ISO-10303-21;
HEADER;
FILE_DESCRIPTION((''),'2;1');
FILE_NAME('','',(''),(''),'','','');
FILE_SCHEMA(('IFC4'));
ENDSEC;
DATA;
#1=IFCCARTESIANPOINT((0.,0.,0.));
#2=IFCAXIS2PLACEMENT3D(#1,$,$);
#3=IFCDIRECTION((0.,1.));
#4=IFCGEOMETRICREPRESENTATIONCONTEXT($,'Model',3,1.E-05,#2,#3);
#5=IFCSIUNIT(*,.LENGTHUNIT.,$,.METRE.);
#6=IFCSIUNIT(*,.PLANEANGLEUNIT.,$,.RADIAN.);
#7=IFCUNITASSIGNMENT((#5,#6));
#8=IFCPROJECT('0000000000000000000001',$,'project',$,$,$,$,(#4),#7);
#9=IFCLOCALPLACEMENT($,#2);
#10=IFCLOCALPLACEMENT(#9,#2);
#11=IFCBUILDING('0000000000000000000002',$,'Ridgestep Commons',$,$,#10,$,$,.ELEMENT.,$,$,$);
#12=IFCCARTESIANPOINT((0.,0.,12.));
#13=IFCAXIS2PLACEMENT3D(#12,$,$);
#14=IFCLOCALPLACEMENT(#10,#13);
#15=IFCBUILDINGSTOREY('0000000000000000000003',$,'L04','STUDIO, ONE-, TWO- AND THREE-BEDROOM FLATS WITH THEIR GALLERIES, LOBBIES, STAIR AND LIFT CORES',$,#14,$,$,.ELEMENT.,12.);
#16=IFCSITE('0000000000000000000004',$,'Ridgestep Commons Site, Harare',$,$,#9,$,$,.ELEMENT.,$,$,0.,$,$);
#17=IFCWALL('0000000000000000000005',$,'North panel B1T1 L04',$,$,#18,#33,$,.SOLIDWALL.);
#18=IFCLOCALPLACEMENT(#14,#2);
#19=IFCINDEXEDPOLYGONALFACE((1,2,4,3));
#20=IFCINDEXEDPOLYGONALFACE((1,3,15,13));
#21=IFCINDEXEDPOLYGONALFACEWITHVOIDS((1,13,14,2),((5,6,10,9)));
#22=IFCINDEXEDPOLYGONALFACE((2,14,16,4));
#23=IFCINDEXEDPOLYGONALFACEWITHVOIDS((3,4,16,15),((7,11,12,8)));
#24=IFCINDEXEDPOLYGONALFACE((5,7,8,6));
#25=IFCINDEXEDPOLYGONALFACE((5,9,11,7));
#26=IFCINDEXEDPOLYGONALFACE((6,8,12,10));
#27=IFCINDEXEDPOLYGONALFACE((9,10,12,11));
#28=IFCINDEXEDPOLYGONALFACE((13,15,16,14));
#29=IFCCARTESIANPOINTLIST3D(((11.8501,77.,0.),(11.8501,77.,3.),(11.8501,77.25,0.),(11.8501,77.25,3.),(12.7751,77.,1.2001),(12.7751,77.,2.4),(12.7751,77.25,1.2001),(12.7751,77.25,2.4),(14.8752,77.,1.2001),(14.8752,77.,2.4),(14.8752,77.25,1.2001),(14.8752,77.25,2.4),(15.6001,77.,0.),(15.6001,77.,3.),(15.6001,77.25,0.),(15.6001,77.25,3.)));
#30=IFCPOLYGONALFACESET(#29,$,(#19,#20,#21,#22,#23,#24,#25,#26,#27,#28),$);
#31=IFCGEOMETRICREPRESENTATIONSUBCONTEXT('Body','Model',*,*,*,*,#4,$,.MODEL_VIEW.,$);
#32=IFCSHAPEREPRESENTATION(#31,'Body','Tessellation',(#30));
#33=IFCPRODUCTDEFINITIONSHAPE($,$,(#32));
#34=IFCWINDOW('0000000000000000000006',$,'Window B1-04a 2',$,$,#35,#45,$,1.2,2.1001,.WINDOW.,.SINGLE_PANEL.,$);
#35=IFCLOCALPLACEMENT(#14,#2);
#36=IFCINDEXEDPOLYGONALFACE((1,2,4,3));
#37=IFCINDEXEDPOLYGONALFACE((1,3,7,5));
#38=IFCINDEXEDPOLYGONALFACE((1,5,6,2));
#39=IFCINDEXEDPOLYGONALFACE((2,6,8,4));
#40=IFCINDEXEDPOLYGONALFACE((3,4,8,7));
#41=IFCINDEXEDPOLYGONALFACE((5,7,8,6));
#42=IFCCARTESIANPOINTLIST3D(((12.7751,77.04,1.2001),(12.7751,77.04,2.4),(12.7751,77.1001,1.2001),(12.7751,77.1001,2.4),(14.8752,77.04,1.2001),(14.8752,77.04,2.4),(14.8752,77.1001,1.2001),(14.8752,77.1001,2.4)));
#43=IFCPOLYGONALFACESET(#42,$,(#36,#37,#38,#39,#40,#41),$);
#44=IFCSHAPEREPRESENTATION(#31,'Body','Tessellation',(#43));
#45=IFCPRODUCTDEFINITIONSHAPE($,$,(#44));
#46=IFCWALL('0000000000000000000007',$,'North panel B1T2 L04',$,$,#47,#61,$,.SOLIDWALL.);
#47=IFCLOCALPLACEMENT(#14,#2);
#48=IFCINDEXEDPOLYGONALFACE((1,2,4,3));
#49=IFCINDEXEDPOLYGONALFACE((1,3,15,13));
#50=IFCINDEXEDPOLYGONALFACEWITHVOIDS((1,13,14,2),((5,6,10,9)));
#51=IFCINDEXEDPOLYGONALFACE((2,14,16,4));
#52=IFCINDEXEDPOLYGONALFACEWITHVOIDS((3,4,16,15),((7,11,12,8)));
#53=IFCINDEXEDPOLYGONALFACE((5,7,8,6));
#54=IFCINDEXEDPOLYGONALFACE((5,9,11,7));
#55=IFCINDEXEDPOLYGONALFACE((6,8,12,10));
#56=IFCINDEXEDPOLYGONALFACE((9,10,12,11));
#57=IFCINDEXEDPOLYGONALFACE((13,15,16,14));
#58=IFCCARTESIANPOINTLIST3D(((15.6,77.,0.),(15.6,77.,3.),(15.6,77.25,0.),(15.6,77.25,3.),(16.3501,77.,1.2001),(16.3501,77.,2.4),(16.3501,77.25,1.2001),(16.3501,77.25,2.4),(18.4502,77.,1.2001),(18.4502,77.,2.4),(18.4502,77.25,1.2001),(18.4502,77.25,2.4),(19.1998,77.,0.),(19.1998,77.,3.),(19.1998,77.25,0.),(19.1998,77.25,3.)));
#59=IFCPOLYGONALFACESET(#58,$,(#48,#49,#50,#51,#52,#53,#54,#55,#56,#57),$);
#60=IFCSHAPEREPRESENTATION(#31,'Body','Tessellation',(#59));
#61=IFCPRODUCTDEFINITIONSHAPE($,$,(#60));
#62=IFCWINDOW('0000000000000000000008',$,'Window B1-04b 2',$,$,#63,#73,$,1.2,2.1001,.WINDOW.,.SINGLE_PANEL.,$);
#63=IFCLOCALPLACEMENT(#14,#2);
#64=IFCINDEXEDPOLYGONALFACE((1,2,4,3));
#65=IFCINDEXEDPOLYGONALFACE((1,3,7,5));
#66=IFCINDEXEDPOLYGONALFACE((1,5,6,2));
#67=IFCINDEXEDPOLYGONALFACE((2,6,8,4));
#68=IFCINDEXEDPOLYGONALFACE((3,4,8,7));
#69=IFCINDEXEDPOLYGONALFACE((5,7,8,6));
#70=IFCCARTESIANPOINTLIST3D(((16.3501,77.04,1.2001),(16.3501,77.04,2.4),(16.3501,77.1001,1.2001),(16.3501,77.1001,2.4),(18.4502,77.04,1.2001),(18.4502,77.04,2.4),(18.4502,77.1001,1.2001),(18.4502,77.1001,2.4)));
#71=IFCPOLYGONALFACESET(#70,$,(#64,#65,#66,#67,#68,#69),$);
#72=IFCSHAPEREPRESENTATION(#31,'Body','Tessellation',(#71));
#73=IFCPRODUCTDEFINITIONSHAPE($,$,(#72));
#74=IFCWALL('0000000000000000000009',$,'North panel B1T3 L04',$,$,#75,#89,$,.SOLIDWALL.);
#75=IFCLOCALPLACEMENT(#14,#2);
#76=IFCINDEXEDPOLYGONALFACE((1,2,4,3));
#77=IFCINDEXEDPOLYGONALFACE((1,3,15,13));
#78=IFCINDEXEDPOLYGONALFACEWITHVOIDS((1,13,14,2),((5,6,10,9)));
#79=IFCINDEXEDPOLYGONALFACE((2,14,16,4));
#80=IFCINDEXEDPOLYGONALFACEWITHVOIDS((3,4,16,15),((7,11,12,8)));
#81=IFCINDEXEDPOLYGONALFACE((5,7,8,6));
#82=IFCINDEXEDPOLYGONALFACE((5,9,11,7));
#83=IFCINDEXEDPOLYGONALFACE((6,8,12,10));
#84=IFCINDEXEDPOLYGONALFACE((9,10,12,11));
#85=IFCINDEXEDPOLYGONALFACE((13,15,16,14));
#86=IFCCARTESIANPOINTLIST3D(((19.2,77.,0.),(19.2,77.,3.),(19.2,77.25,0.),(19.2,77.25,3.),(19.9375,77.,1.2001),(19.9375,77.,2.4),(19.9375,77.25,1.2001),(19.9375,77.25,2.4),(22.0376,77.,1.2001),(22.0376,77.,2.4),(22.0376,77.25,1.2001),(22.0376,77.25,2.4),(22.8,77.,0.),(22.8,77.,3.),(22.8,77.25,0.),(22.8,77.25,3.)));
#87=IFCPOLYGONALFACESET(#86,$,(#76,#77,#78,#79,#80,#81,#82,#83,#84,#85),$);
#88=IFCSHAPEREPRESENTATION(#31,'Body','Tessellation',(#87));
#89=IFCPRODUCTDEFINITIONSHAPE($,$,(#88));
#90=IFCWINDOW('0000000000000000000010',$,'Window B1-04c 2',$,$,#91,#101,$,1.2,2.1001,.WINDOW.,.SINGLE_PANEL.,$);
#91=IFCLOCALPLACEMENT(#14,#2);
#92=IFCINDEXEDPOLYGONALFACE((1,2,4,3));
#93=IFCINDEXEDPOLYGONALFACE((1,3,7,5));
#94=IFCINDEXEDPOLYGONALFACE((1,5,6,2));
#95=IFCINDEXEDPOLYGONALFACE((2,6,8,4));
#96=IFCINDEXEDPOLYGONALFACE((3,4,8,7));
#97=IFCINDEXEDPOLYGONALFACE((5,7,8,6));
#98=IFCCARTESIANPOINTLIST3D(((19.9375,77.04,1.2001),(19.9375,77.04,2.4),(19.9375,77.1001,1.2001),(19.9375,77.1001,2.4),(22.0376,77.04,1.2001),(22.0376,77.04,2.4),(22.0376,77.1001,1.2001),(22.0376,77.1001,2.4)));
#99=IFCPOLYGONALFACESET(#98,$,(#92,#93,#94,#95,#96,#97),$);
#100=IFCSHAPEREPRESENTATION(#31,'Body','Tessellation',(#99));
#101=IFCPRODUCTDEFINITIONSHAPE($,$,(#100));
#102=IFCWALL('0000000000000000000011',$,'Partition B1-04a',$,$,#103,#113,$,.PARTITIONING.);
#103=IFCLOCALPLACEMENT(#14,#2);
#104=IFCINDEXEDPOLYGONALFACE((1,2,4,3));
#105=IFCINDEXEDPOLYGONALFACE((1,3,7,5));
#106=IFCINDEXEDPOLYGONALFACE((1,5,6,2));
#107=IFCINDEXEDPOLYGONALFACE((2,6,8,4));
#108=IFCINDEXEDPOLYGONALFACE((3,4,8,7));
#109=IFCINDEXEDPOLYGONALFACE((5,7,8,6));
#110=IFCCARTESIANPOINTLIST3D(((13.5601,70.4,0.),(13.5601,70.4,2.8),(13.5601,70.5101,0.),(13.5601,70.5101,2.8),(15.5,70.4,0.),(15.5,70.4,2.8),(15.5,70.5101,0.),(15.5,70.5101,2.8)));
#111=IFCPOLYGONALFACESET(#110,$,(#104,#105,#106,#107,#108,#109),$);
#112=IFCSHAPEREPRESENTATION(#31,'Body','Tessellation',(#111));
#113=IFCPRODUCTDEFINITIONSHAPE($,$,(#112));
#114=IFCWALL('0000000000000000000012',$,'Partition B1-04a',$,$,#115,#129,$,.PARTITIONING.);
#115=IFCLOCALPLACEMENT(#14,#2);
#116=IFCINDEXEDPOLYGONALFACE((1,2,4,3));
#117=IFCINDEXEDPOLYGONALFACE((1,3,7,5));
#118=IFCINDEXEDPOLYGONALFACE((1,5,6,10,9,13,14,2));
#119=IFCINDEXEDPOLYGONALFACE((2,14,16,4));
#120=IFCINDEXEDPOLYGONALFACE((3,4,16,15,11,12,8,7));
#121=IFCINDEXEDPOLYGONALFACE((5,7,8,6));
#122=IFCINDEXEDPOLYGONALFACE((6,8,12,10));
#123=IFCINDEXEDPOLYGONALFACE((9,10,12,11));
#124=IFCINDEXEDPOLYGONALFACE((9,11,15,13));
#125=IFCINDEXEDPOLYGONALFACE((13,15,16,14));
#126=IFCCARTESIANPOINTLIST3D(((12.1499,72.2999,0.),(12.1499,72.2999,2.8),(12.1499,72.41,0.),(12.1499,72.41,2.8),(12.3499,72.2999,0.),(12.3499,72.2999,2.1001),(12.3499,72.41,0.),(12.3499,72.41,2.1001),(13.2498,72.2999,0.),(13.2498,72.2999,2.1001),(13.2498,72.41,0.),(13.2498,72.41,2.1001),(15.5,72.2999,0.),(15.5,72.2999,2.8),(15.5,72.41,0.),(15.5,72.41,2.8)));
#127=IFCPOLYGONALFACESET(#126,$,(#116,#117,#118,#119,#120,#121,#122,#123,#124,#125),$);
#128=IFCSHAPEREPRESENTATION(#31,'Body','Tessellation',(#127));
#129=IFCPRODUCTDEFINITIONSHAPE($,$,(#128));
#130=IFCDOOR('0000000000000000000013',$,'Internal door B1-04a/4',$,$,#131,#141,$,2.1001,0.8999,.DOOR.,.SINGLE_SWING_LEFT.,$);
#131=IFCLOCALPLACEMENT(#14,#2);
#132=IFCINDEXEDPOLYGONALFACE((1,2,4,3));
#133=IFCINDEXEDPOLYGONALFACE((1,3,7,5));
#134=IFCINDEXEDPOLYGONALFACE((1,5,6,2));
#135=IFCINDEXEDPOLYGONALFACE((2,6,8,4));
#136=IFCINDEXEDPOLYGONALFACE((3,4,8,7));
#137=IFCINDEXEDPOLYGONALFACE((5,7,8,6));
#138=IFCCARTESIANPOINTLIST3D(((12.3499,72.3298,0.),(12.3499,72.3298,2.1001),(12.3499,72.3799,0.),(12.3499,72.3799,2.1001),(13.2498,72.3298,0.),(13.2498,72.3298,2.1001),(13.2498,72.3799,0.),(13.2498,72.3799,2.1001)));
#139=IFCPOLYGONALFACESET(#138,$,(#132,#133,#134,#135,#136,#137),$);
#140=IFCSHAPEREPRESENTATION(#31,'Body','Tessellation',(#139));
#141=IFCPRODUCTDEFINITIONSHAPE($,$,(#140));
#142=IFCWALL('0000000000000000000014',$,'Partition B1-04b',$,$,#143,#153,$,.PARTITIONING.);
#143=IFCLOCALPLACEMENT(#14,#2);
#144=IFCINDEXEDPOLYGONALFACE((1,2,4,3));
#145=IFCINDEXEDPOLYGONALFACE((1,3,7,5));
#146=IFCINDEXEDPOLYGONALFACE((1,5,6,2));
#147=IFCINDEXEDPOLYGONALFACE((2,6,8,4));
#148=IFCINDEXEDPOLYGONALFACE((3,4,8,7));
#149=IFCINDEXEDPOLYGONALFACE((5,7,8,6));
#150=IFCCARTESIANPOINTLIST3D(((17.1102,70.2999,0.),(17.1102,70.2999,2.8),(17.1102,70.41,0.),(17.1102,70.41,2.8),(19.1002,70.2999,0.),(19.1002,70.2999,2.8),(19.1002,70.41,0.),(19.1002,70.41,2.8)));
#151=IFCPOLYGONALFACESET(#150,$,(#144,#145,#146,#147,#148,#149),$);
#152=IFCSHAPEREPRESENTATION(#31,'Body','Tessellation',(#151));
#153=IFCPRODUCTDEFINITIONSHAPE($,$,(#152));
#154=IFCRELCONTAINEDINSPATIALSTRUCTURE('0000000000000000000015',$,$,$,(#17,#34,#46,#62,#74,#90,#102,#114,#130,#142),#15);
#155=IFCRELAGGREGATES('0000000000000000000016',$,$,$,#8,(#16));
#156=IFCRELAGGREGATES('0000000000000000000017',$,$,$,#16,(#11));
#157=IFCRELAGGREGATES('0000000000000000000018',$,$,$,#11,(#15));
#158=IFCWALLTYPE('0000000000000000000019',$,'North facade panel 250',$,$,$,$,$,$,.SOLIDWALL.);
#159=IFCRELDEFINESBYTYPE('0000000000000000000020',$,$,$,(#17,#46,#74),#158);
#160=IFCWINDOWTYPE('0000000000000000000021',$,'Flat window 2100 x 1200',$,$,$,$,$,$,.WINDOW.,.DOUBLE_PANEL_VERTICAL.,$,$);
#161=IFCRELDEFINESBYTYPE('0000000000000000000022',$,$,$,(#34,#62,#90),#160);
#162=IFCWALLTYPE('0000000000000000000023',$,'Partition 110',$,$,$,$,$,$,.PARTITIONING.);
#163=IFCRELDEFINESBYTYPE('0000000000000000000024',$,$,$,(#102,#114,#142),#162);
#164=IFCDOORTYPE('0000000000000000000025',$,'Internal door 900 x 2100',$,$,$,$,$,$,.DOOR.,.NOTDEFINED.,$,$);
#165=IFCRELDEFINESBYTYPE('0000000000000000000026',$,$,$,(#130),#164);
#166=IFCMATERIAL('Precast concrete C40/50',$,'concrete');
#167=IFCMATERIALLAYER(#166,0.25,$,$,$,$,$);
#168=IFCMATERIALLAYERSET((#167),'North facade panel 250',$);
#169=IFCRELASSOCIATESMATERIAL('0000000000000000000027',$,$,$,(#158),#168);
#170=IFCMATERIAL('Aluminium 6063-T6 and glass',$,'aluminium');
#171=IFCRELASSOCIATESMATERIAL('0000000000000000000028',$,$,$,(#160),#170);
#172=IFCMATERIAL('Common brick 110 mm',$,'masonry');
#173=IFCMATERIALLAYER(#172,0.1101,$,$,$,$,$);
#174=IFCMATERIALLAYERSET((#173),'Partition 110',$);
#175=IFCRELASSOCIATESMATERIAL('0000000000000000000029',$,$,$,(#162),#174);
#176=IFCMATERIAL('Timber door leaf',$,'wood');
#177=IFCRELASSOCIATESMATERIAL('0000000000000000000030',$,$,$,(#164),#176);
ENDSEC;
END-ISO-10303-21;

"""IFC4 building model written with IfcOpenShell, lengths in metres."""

from ifc_helpers import new_model, si_unit, direction, frame, frame_2d, origin, place, context, subcontext, project, spatial, rectangle, extrude, material, layer, layer_set, type_object, element, fill, save


model = new_model("IFC4")

# Units and contexts
model_context = context("Model", 3, precision=1e-05, world=origin(), true_north=direction((0.0, 1.0)))
body_context = subcontext(model_context, "Body", "Model", "MODEL_VIEW")
ifc_project = project(units=[si_unit("LENGTHUNIT", "METRE"), si_unit("PLANEANGLEUNIT", "RADIAN")], contexts=[model_context])

# Site, building, storey
site_placement = place(None, origin())
site = spatial("IfcSite", under=ifc_project, at=site_placement, Name="Ridgestep Commons Site, Harare", CompositionType="ELEMENT", RefElevation=0.0)
building_placement = place(site_placement, origin())
building = spatial("IfcBuilding", under=site, at=building_placement, Name="Ridgestep Commons", CompositionType="ELEMENT")
storey_placement = place(building_placement, frame((0.0, 0.0, 12.0)))
storey = spatial("IfcBuildingStorey", under=building, at=storey_placement, Name="L04", Description="STUDIO, ONE-, TWO- AND THREE-BEDROOM FLATS WITH THEIR GALLERIES, LOBBIES, STAIR AND LIFT CORES", CompositionType="ELEMENT", Elevation=12.0)

# Walls, openings, windows
ifc_material_1 = material(Name="Precast concrete C40/50", Category="concrete")
ifc_layer_1 = layer(ifc_material_1, 0.25)
ifc_layer_set_1 = layer_set([ifc_layer_1], Name="North facade panel 250")
wall_type_1 = type_object("IfcWallType", Name="North facade panel 250", PredefinedType="SOLIDWALL", material=ifc_layer_set_1)
wall_1_placement = place(storey_placement, frame((11.8501, 77.125, 0.0), z_axis=(0.0, 0.0, 1.0), x_axis=(1.0, 0.0, 0.0)))
wall_1 = element("IfcWall", 1, at=wall_1_placement, inside=storey, type_object=wall_type_1, Name="North panel B1T1 L04", PredefinedType="SOLIDWALL", context=body_context, shape_type="SweptSolid", body=[
    extrude(rectangle(XDim=3.75, YDim=0.25, at=frame_2d((1.875, 0.0))), origin(), (0.0, 0.0, 1.0), 3.0),
])
opening_1_placement = place(wall_1_placement, frame((0.925, 0.0, 1.2)))
opening_1 = element("IfcOpeningElement", 2, at=opening_1_placement, cuts=wall_1, PredefinedType="OPENING", context=body_context, shape_type="SweptSolid", body=[
    extrude(rectangle(XDim=2.1001, YDim=1.2, at=frame_2d((1.05, 0.6001))), frame((0.0, 0.135, 0.0), z_axis=(0.0, -1.0, 0.0), x_axis=(1.0, 0.0, 0.0)), (0.0, 0.0, 1.0), 0.27),
])
ifc_material_2 = material(Name="Aluminium 6063-T6 and glass", Category="aluminium")
window_type = type_object("IfcWindowType", Name="Flat window 2100 x 1200", PartitioningType="DOUBLE_PANEL_VERTICAL", PredefinedType="WINDOW", material=ifc_material_2)
window_1_placement = place(opening_1_placement, origin())
window_1 = element("IfcWindow", 3, at=window_1_placement, inside=storey, type_object=window_type, Name="Window B1-04a 2", OverallHeight=1.2, OverallWidth=2.1001, PartitioningType="SINGLE_PANEL", PredefinedType="WINDOW", context=body_context, shape_type="SweptSolid", body=[
    extrude(rectangle(XDim=2.1001, YDim=1.2, at=frame_2d((1.05, 0.6001))), frame((0.0, -0.0249, 0.0), z_axis=(0.0, -1.0, 0.0), x_axis=(1.0, 0.0, 0.0)), (0.0, 0.0, 1.0), 0.0601),
])
fill(opening_1, window_1)
wall_2_placement = place(storey_placement, frame((15.6001, 77.125, 0.0), z_axis=(0.0, 0.0, 1.0), x_axis=(1.0, 0.0, 0.0)))
wall_2 = element("IfcWall", 4, at=wall_2_placement, inside=storey, type_object=wall_type_1, Name="North panel B1T2 L04", PredefinedType="SOLIDWALL", context=body_context, shape_type="SweptSolid", body=[
    extrude(rectangle(XDim=3.5999, YDim=0.25, at=frame_2d((1.7998, 0.0))), origin(), (0.0, 0.0, 1.0), 3.0),
])
opening_2_placement = place(wall_2_placement, frame((0.75, 0.0, 1.2)))
opening_2 = element("IfcOpeningElement", 5, at=opening_2_placement, cuts=wall_2, PredefinedType="OPENING", context=body_context, shape_type="SweptSolid", body=[
    extrude(rectangle(XDim=2.1001, YDim=1.2, at=frame_2d((1.05, 0.6001))), frame((0.0, 0.135, 0.0), z_axis=(0.0, -1.0, 0.0), x_axis=(1.0, 0.0, 0.0)), (0.0, 0.0, 1.0), 0.27),
])
window_2_placement = place(opening_2_placement, origin())
window_2 = element("IfcWindow", 6, at=window_2_placement, inside=storey, type_object=window_type, Name="Window B1-04b 2", OverallHeight=1.2, OverallWidth=2.1001, PartitioningType="SINGLE_PANEL", PredefinedType="WINDOW", context=body_context, shape_type="SweptSolid", body=[
    extrude(rectangle(XDim=2.1001, YDim=1.2, at=frame_2d((1.05, 0.6001))), frame((0.0, -0.0249, 0.0), z_axis=(0.0, -1.0, 0.0), x_axis=(1.0, 0.0, 0.0)), (0.0, 0.0, 1.0), 0.0601),
])
fill(opening_2, window_2)
wall_3_placement = place(storey_placement, frame((19.2, 77.125, 0.0), z_axis=(0.0, 0.0, 1.0), x_axis=(1.0, 0.0, 0.0)))
wall_3 = element("IfcWall", 7, at=wall_3_placement, inside=storey, type_object=wall_type_1, Name="North panel B1T3 L04", PredefinedType="SOLIDWALL", context=body_context, shape_type="SweptSolid", body=[
    extrude(rectangle(XDim=3.6001, YDim=0.25, at=frame_2d((1.8, 0.0))), origin(), (0.0, 0.0, 1.0), 3.0),
])
opening_3_placement = place(wall_3_placement, frame((0.7375, 0.0, 1.2)))
opening_3 = element("IfcOpeningElement", 8, at=opening_3_placement, cuts=wall_3, PredefinedType="OPENING", context=body_context, shape_type="SweptSolid", body=[
    extrude(rectangle(XDim=2.1001, YDim=1.2, at=frame_2d((1.05, 0.6001))), frame((0.0, 0.135, 0.0), z_axis=(0.0, -1.0, 0.0), x_axis=(1.0, 0.0, 0.0)), (0.0, 0.0, 1.0), 0.27),
])
window_3_placement = place(opening_3_placement, origin())
window_3 = element("IfcWindow", 9, at=window_3_placement, inside=storey, type_object=window_type, Name="Window B1-04c 2", OverallHeight=1.2, OverallWidth=2.1001, PartitioningType="SINGLE_PANEL", PredefinedType="WINDOW", context=body_context, shape_type="SweptSolid", body=[
    extrude(rectangle(XDim=2.1001, YDim=1.2, at=frame_2d((1.05, 0.6001))), frame((0.0, -0.0249, 0.0), z_axis=(0.0, -1.0, 0.0), x_axis=(1.0, 0.0, 0.0)), (0.0, 0.0, 1.0), 0.0601),
])
fill(opening_3, window_3)

# Wall
ifc_material_3 = material(Name="Common brick 110 mm", Category="masonry")
ifc_layer_2 = layer(ifc_material_3, 0.1101)
ifc_layer_set_2 = layer_set([ifc_layer_2], Name="Partition 110")
wall_type_2 = type_object("IfcWallType", Name="Partition 110", PredefinedType="PARTITIONING", material=ifc_layer_set_2)
wall_4_placement = place(storey_placement, frame((13.5601, 70.4551, 0.0), z_axis=(0.0, 0.0, 1.0), x_axis=(1.0, 0.0, 0.0)))
element("IfcWall", 10, at=wall_4_placement, inside=storey, type_object=wall_type_2, Name="Partition B1-04a", PredefinedType="PARTITIONING", context=body_context, shape_type="SweptSolid", body=[
    extrude(rectangle(XDim=1.9399, YDim=0.1101, at=frame_2d((0.97, 0.0))), origin(), (0.0, 0.0, 1.0), 2.8),
])

# Wall, opening, door
wall_5_placement = place(storey_placement, frame((12.1499, 72.355, 0.0), z_axis=(0.0, 0.0, 1.0), x_axis=(1.0, 0.0, 0.0)))
wall_5 = element("IfcWall", 11, at=wall_5_placement, inside=storey, type_object=wall_type_2, Name="Partition B1-04a", PredefinedType="PARTITIONING", context=body_context, shape_type="SweptSolid", body=[
    extrude(rectangle(XDim=3.3501, YDim=0.1101, at=frame_2d((1.675, 0.0))), origin(), (0.0, 0.0, 1.0), 2.8),
])
opening_4_placement = place(wall_5_placement, frame((0.2, 0.0, 0.0)))
opening_4 = element("IfcOpeningElement", 12, at=opening_4_placement, cuts=wall_5, PredefinedType="OPENING", context=body_context, shape_type="SweptSolid", body=[
    extrude(rectangle(XDim=0.8999, YDim=2.1001, at=frame_2d((0.45, 1.05))), frame((0.0, 0.0649, 0.0), z_axis=(0.0, -1.0, 0.0), x_axis=(1.0, 0.0, 0.0)), (0.0, 0.0, 1.0), 0.1301),
])
ifc_material_4 = material(Name="Timber door leaf", Category="wood")
door_type = type_object("IfcDoorType", Name="Internal door 900 x 2100", OperationType="NOTDEFINED", PredefinedType="DOOR", material=ifc_material_4)
door_1_placement = place(opening_4_placement, origin())
door_1 = element("IfcDoor", 13, at=door_1_placement, inside=storey, type_object=door_type, Name="Internal door B1-04a/4", OperationType="SINGLE_SWING_LEFT", OverallHeight=2.1001, OverallWidth=0.8999, PredefinedType="DOOR", context=body_context, shape_type="SweptSolid", body=[
    extrude(rectangle(XDim=0.8999, YDim=2.1001, at=frame_2d((0.45, 1.05))), frame((0.0, 0.0249, 0.0), z_axis=(0.0, -1.0, 0.0), x_axis=(1.0, 0.0, 0.0)), (0.0, 0.0, 1.0), 0.05),
])
fill(opening_4, door_1)

# Wall
wall_6_placement = place(storey_placement, frame((17.1101, 70.355, 0.0), z_axis=(0.0, 0.0, 1.0), x_axis=(1.0, 0.0, 0.0)))
element("IfcWall", 14, at=wall_6_placement, inside=storey, type_object=wall_type_2, Name="Partition B1-04b", PredefinedType="PARTITIONING", context=body_context, shape_type="SweptSolid", body=[
    extrude(rectangle(XDim=1.99, YDim=0.1101, at=frame_2d((0.9951, 0.0))), origin(), (0.0, 0.0, 1.0), 2.8),
])

save(model, "model.ifc")
